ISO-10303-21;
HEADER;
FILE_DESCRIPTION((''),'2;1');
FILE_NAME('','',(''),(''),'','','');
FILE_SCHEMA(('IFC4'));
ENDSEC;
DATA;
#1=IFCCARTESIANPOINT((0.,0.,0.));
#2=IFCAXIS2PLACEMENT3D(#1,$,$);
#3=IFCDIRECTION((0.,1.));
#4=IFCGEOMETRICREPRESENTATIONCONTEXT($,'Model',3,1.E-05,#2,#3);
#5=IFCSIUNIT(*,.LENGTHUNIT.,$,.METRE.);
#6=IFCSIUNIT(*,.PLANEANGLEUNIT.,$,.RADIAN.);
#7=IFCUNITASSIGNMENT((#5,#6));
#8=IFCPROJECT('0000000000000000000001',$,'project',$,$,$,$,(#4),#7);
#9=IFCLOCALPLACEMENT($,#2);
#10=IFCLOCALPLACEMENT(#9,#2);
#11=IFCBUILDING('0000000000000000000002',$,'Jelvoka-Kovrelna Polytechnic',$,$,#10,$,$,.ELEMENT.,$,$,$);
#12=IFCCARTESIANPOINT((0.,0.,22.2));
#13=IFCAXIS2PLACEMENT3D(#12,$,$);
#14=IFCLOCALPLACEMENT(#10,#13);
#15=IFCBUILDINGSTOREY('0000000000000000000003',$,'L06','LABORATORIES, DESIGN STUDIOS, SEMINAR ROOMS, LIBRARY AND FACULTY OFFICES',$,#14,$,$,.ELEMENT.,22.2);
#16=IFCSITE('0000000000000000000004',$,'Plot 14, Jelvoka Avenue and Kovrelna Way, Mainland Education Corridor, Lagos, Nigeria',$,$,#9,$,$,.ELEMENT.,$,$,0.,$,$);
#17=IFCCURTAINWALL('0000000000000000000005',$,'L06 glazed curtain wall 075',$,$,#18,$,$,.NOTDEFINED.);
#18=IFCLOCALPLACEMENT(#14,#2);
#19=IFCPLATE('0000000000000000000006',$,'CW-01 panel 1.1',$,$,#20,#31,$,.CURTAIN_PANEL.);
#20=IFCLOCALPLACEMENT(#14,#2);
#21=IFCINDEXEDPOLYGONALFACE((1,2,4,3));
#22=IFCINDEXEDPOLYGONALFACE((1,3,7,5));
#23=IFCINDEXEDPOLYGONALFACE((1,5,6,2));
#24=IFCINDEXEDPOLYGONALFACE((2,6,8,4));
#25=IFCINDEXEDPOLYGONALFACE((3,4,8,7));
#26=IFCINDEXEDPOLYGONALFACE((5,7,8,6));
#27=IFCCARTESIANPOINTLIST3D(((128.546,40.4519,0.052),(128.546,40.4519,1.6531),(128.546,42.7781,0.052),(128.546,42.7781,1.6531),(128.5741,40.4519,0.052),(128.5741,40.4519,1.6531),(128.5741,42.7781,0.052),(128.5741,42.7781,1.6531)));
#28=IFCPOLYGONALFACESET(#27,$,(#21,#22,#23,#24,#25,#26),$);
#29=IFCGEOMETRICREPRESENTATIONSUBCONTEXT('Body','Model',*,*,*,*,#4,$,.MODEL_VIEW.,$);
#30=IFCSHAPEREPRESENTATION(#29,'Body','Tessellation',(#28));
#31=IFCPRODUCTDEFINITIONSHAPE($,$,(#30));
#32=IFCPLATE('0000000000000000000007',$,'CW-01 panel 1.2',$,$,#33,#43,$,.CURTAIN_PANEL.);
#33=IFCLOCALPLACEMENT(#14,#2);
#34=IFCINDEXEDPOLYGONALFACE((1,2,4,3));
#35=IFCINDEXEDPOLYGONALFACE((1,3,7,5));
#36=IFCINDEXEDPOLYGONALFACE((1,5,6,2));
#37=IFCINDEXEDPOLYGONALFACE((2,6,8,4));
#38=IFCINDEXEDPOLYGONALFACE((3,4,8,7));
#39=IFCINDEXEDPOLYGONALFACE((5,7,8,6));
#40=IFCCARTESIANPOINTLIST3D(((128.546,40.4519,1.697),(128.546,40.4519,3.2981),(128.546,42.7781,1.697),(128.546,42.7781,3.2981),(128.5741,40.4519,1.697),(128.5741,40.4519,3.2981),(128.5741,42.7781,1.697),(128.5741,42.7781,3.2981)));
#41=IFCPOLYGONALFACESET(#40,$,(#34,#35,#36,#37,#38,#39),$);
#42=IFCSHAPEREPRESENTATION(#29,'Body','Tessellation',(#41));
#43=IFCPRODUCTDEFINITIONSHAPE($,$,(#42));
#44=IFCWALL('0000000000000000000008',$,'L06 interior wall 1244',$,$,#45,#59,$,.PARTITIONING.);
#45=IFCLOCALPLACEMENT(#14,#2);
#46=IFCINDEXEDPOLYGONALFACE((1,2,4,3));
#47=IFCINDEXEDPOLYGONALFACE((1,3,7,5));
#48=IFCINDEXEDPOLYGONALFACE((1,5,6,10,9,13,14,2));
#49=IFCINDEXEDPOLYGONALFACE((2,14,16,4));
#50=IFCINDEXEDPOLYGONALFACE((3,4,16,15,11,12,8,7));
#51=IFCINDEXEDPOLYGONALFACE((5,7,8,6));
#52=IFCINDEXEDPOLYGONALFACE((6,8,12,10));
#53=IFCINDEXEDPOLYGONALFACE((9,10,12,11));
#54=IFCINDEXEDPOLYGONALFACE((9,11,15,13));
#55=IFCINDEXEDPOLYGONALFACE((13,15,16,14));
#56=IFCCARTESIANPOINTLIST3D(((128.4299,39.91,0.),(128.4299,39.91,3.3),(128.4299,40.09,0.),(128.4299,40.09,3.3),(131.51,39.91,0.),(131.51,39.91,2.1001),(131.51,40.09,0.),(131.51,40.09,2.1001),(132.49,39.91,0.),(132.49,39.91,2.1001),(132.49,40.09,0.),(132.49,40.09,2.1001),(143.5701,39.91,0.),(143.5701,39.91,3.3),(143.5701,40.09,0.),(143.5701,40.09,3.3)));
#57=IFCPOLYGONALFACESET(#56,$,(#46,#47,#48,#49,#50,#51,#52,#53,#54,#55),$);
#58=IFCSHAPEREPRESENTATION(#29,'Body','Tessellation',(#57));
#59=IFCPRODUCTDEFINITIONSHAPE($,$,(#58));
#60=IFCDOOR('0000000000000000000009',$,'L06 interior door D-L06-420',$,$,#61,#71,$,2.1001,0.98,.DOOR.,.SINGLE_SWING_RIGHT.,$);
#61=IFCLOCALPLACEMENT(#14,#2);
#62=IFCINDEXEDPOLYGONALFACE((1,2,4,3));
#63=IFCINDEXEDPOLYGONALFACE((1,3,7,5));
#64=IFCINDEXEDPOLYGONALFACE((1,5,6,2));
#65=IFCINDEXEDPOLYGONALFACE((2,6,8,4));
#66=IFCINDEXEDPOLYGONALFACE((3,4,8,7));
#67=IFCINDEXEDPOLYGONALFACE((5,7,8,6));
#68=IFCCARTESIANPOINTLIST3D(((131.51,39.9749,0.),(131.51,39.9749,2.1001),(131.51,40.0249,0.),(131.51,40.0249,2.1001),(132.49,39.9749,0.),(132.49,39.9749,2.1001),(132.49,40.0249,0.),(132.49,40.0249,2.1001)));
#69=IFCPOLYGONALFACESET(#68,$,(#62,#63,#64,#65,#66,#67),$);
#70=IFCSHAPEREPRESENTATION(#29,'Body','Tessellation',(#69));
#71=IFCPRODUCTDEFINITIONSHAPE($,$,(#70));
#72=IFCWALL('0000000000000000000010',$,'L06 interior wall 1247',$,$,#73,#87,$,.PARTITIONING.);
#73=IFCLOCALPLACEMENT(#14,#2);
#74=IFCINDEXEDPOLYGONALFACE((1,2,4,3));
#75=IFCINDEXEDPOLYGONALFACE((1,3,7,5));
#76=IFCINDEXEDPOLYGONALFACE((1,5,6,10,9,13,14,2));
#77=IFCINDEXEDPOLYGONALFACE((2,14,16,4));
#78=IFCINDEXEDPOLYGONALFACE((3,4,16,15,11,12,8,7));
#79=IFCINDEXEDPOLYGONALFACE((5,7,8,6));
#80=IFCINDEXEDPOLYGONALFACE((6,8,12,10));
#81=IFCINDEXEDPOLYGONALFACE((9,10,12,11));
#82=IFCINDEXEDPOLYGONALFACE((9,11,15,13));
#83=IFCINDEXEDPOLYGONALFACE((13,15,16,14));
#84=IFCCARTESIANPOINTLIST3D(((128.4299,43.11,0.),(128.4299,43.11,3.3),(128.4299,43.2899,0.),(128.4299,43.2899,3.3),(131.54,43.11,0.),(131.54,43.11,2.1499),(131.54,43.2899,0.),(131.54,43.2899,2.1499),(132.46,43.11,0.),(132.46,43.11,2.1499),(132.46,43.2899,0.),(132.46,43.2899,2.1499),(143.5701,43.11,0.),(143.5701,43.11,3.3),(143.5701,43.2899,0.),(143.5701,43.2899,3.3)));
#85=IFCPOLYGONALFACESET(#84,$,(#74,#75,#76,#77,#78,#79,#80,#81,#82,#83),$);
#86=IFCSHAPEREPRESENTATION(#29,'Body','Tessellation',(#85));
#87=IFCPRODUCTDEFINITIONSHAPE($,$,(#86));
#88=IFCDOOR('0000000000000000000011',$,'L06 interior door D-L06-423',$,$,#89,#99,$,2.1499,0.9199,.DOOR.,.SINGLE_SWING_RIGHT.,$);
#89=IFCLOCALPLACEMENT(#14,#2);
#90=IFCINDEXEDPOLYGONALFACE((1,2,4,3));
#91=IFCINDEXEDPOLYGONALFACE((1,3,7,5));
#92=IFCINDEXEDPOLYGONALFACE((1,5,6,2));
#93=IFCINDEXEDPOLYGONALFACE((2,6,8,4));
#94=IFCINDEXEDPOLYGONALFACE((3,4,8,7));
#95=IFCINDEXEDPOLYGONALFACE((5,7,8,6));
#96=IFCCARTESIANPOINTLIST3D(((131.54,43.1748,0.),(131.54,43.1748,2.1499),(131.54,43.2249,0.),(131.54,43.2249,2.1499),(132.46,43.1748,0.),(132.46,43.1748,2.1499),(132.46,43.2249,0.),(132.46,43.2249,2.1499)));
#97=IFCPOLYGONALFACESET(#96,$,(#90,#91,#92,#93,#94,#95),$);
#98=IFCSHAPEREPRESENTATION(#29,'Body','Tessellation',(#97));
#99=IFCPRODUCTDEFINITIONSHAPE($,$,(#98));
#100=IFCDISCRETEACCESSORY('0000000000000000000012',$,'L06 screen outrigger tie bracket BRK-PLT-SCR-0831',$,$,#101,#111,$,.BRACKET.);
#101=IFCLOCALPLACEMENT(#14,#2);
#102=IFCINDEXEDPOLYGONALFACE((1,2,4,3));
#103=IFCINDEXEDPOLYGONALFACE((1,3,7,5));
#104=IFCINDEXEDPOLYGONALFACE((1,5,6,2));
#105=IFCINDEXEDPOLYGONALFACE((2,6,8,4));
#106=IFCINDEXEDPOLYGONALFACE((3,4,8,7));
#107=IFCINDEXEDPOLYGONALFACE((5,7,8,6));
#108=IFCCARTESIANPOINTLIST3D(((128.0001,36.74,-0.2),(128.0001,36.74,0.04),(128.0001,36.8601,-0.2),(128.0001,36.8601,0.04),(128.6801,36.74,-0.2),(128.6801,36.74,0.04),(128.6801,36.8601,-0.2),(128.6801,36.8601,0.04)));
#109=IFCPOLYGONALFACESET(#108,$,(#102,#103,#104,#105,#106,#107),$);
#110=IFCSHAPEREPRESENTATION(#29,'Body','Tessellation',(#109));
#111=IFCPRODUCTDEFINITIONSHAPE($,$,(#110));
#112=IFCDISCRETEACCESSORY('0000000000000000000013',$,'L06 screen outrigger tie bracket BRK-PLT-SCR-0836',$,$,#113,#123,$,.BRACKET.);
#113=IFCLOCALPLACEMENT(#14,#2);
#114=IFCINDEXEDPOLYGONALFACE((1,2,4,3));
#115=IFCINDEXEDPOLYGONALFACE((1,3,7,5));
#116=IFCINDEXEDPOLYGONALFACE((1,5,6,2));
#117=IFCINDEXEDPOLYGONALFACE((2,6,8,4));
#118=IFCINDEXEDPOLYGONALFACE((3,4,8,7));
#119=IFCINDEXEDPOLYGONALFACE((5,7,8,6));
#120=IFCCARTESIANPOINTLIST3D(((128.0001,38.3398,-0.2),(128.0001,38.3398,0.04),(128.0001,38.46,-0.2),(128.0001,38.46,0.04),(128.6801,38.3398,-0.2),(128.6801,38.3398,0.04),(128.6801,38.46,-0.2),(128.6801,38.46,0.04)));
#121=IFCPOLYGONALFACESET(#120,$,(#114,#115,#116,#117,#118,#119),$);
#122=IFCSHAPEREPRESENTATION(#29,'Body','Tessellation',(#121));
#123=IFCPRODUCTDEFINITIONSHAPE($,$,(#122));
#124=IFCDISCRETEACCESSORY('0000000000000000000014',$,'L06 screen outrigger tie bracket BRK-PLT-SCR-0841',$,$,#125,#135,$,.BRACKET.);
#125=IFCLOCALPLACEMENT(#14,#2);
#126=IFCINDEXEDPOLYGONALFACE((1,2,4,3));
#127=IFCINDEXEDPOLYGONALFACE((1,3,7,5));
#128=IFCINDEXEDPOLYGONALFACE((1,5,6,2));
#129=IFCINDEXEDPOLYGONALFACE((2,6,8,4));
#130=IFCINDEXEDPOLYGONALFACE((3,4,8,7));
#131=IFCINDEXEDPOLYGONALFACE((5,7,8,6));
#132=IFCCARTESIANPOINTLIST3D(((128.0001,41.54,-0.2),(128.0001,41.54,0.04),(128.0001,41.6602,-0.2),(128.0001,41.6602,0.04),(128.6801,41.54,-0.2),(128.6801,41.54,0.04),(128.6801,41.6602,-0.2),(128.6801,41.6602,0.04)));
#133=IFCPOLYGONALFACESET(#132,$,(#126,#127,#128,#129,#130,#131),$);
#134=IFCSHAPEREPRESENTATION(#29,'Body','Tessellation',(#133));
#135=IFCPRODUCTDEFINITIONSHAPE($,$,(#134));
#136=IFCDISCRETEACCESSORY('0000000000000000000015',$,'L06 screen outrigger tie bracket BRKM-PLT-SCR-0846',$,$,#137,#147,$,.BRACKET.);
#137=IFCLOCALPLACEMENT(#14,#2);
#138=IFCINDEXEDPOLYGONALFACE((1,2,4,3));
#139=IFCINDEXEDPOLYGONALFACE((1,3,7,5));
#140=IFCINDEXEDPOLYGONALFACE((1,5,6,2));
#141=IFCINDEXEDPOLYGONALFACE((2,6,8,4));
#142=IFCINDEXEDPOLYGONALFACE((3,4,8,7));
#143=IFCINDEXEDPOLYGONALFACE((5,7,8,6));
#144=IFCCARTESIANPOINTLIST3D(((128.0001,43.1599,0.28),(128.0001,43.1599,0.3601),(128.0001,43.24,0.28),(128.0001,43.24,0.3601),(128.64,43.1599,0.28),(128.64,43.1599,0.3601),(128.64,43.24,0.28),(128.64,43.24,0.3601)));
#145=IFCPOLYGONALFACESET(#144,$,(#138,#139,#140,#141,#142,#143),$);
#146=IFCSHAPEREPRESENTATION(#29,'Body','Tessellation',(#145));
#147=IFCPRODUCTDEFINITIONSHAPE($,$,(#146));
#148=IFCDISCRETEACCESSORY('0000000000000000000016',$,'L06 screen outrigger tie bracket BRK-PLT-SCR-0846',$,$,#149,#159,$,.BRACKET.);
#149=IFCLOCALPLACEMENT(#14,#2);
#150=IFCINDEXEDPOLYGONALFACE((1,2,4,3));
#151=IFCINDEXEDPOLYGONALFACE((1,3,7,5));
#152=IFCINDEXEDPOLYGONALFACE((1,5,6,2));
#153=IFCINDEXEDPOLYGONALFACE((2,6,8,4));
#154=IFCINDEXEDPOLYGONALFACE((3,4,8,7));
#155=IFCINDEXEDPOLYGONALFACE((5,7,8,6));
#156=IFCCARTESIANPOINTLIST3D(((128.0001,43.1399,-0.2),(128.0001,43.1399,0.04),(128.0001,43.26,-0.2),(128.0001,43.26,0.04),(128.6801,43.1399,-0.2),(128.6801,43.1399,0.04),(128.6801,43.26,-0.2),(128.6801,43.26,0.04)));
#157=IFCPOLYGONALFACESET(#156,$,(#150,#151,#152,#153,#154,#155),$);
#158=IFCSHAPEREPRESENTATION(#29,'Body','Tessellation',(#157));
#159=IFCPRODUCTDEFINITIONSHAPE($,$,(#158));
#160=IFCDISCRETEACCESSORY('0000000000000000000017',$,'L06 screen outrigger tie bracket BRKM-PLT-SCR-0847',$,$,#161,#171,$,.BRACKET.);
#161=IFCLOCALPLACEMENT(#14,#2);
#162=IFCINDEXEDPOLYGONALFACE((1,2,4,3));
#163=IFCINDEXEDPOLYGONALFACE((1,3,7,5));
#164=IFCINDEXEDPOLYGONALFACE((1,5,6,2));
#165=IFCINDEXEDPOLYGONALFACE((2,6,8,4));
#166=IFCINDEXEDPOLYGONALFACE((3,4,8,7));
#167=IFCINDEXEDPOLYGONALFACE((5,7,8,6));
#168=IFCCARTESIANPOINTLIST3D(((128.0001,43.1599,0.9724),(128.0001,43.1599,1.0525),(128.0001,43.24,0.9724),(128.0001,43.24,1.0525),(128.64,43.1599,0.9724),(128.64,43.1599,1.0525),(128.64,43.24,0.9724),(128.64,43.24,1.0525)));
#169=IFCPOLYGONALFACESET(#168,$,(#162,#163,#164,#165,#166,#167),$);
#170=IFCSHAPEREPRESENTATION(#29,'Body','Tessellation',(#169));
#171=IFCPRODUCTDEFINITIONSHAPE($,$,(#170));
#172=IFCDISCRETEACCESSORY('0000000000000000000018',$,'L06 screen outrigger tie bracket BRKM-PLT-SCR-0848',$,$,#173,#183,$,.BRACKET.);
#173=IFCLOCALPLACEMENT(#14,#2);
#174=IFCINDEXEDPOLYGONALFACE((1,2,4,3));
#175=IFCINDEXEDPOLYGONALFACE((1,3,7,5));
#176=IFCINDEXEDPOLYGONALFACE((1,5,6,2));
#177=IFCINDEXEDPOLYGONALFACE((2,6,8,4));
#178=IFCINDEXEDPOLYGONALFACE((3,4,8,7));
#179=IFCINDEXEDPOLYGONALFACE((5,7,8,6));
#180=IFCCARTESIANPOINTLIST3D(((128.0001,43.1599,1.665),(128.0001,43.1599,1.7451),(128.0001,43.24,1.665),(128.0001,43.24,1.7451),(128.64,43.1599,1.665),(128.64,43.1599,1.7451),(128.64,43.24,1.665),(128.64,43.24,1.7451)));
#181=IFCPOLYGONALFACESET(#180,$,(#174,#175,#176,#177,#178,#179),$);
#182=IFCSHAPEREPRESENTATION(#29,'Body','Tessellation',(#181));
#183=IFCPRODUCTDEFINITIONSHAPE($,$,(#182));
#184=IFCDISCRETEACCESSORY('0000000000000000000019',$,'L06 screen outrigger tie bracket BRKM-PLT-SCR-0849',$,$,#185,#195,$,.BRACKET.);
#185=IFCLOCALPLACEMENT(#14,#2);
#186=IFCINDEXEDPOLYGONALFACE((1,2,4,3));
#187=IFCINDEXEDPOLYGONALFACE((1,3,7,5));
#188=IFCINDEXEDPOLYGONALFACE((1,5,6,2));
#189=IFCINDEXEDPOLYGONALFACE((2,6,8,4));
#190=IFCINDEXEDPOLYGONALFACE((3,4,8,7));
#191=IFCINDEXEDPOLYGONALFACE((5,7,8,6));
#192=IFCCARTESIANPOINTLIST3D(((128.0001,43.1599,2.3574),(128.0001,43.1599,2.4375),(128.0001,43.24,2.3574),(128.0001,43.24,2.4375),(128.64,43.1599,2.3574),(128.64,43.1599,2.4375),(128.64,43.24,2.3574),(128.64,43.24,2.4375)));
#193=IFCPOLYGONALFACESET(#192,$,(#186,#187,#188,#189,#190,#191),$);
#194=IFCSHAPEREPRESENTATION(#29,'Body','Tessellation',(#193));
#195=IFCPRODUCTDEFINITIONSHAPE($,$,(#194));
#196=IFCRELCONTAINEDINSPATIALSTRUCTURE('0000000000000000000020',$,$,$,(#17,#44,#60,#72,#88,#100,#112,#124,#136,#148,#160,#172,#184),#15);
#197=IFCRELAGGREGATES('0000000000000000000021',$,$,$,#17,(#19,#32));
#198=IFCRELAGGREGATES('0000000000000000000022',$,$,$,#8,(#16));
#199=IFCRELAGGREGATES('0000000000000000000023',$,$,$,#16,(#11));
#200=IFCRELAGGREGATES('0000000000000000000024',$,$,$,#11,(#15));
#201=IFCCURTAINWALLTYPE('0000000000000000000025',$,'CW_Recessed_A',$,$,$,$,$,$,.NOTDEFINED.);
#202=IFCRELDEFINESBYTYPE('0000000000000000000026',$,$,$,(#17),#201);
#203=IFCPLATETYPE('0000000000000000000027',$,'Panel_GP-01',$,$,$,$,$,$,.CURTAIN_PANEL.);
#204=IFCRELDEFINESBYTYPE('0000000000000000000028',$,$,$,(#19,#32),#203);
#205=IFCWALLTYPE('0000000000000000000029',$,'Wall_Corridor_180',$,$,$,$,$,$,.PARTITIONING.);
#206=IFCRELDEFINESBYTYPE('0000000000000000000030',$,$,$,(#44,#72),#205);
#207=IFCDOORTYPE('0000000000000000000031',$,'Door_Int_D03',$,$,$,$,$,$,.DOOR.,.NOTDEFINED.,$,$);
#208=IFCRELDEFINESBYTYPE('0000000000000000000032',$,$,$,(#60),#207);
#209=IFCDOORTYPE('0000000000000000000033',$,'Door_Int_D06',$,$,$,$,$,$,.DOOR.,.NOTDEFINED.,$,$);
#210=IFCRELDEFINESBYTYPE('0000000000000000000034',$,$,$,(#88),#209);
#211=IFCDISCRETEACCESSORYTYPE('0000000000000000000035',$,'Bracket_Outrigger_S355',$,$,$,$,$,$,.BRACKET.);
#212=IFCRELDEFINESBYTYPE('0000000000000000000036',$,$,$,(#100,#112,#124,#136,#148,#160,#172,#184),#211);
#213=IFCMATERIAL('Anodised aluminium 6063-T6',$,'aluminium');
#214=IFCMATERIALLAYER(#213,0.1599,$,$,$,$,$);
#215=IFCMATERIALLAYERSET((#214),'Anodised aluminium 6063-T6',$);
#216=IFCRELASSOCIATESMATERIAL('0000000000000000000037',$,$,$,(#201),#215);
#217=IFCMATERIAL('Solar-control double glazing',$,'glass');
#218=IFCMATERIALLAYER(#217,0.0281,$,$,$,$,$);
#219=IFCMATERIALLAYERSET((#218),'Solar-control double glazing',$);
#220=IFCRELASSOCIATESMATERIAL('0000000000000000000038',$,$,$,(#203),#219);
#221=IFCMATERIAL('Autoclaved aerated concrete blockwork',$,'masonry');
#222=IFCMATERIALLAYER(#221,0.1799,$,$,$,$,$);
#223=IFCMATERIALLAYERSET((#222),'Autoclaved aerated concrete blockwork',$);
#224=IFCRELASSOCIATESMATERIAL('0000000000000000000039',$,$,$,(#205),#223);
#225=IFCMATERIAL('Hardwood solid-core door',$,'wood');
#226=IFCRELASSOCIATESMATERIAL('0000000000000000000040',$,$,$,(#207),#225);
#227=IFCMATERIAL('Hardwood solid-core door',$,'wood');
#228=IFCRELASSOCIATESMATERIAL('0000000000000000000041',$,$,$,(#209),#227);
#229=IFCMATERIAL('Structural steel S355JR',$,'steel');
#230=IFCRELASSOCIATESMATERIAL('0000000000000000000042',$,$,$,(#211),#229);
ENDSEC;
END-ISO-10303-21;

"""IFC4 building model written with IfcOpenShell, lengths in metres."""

from ifc_helpers import new_model, si_unit, direction, frame, frame_2d, origin, origin_2d, place, context, subcontext, project, spatial, rectangle, extrude, material, layer, layer_set, type_object, element, fill, aggregate, save


model = new_model("IFC4")

# Units and contexts
model_context = context("Model", 3, precision=1e-05, world=origin(), true_north=direction((0.0, 1.0)))
body_context = subcontext(model_context, "Body", "Model", "MODEL_VIEW")
ifc_project = project(units=[si_unit("LENGTHUNIT", "METRE"), si_unit("PLANEANGLEUNIT", "RADIAN")], contexts=[model_context])

# Site, building, storey
site_placement = place(None, origin())
site = spatial("IfcSite", under=ifc_project, at=site_placement, Name="Plot 14, Jelvoka Avenue and Kovrelna Way, Mainland Education Corridor, Lagos, Nigeria", CompositionType="ELEMENT", RefElevation=0.0)
building_placement = place(site_placement, origin())
building = spatial("IfcBuilding", under=site, at=building_placement, Name="Jelvoka-Kovrelna Polytechnic", CompositionType="ELEMENT")
storey_placement = place(building_placement, frame((0.0, 0.0, 22.2)))
storey = spatial("IfcBuildingStorey", under=building, at=storey_placement, Name="L06", Description="LABORATORIES, DESIGN STUDIOS, SEMINAR ROOMS, LIBRARY AND FACULTY OFFICES", CompositionType="ELEMENT", Elevation=22.2)

# Curtain wall
ifc_material_1 = material(Name="Anodised aluminium 6063-T6", Category="aluminium")
ifc_layer_1 = layer(ifc_material_1, 0.1599)
ifc_layer_set_1 = layer_set([ifc_layer_1], Name="Anodised aluminium 6063-T6")
curtain_wall_type = type_object("IfcCurtainWallType", Name="CW_Recessed_A", PredefinedType="NOTDEFINED", material=ifc_layer_set_1)
curtain_wall_1_placement = place(storey_placement, origin())
curtain_wall_1 = element("IfcCurtainWall", 1, at=curtain_wall_1_placement, inside=storey, type_object=curtain_wall_type, Name="L06 glazed curtain wall 075", PredefinedType="NOTDEFINED")

# Plates
ifc_material_2 = material(Name="Solar-control double glazing", Category="glass")
ifc_layer_2 = layer(ifc_material_2, 0.0281)
ifc_layer_set_2 = layer_set([ifc_layer_2], Name="Solar-control double glazing")
plate_type = type_object("IfcPlateType", Name="Panel_GP-01", PredefinedType="CURTAIN_PANEL", material=ifc_layer_set_2)
plate_1_placement = place(storey_placement, frame((128.5601, 41.615, 0.052), z_axis=(0.0, 0.0, 1.0), x_axis=(0.0, 1.0, 0.0)))
plate_1 = element("IfcPlate", 2, at=plate_1_placement, type_object=plate_type, Name="CW-01 panel 1.1", PredefinedType="CURTAIN_PANEL", context=body_context, shape_type="SweptSolid", body=[
    extrude(rectangle(XDim=2.3262, YDim=0.0281, at=origin_2d()), origin(), (0.0, 0.0, 1.0), 1.6011),
])
plate_2_placement = place(storey_placement, frame((128.5601, 41.615, 1.697), z_axis=(0.0, 0.0, 1.0), x_axis=(0.0, 1.0, 0.0)))
plate_2 = element("IfcPlate", 3, at=plate_2_placement, type_object=plate_type, Name="CW-01 panel 1.2", PredefinedType="CURTAIN_PANEL", context=body_context, shape_type="SweptSolid", body=[
    extrude(rectangle(XDim=2.3262, YDim=0.0281, at=origin_2d()), origin(), (0.0, 0.0, 1.0), 1.6011),
])
aggregate(curtain_wall_1, [plate_1, plate_2])

# Walls, openings, doors
ifc_material_3 = material(Name="Autoclaved aerated concrete blockwork", Category="masonry")
ifc_layer_3 = layer(ifc_material_3, 0.1799)
ifc_layer_set_3 = layer_set([ifc_layer_3], Name="Autoclaved aerated concrete blockwork")
wall_type = type_object("IfcWallType", Name="Wall_Corridor_180", PredefinedType="PARTITIONING", material=ifc_layer_set_3)
wall_1_placement = place(storey_placement, frame((128.4299, 40.0, 0.0), z_axis=(0.0, 0.0, 1.0), x_axis=(1.0, 0.0, 0.0)))
wall_1 = element("IfcWall", 4, at=wall_1_placement, inside=storey, type_object=wall_type, Name="L06 interior wall 1244", PredefinedType="PARTITIONING", context=body_context, shape_type="SweptSolid", body=[
    extrude(rectangle(XDim=15.1401, YDim=0.1799, at=frame_2d((7.5701, 0.0))), origin(), (0.0, 0.0, 1.0), 3.3),
])
opening_1_placement = place(wall_1_placement, frame((3.0801, 0.0, 0.0)))
opening_1 = element("IfcOpeningElement", 5, at=opening_1_placement, cuts=wall_1, PredefinedType="OPENING", context=body_context, shape_type="SweptSolid", body=[
    extrude(rectangle(XDim=0.98, YDim=2.1001, at=frame_2d((0.49, 1.05))), frame((0.0, 0.0999, 0.0), z_axis=(0.0, -1.0, 0.0), x_axis=(1.0, 0.0, 0.0)), (0.0, 0.0, 1.0), 0.2),
])
ifc_material_4 = material(Name="Hardwood solid-core door", Category="wood")
door_type_1 = type_object("IfcDoorType", Name="Door_Int_D03", OperationType="NOTDEFINED", PredefinedType="DOOR", material=ifc_material_4)
door_1_placement = place(opening_1_placement, origin())
door_1 = element("IfcDoor", 6, at=door_1_placement, inside=storey, type_object=door_type_1, Name="L06 interior door D-L06-420", OperationType="SINGLE_SWING_RIGHT", OverallHeight=2.1001, OverallWidth=0.98, PredefinedType="DOOR", context=body_context, shape_type="SweptSolid", body=[
    extrude(rectangle(XDim=0.98, YDim=2.1001, at=frame_2d((0.49, 1.05))), frame((0.0, 0.0249, 0.0), z_axis=(0.0, -1.0, 0.0), x_axis=(1.0, 0.0, 0.0)), (0.0, 0.0, 1.0), 0.05),
])
fill(opening_1, door_1)
wall_2_placement = place(storey_placement, frame((128.4299, 43.2, 0.0), z_axis=(0.0, 0.0, 1.0), x_axis=(1.0, 0.0, 0.0)))
wall_2 = element("IfcWall", 7, at=wall_2_placement, inside=storey, type_object=wall_type, Name="L06 interior wall 1247", PredefinedType="PARTITIONING", context=body_context, shape_type="SweptSolid", body=[
    extrude(rectangle(XDim=15.1401, YDim=0.1799, at=frame_2d((7.5701, 0.0))), origin(), (0.0, 0.0, 1.0), 3.3),
])
opening_2_placement = place(wall_2_placement, frame((3.1101, 0.0, 0.0)))
opening_2 = element("IfcOpeningElement", 8, at=opening_2_placement, cuts=wall_2, PredefinedType="OPENING", context=body_context, shape_type="SweptSolid", body=[
    extrude(rectangle(XDim=0.9199, YDim=2.1499, at=frame_2d((0.46, 1.075))), frame((0.0, 0.0999, 0.0), z_axis=(0.0, -1.0, 0.0), x_axis=(1.0, 0.0, 0.0)), (0.0, 0.0, 1.0), 0.2),
])
ifc_material_5 = material(Name="Hardwood solid-core door", Category="wood")
door_type_2 = type_object("IfcDoorType", Name="Door_Int_D06", OperationType="NOTDEFINED", PredefinedType="DOOR", material=ifc_material_5)
door_2_placement = place(opening_2_placement, origin())
door_2 = element("IfcDoor", 9, at=door_2_placement, inside=storey, type_object=door_type_2, Name="L06 interior door D-L06-423", OperationType="SINGLE_SWING_RIGHT", OverallHeight=2.1499, OverallWidth=0.9199, PredefinedType="DOOR", context=body_context, shape_type="SweptSolid", body=[
    extrude(rectangle(XDim=0.9199, YDim=2.1499, at=frame_2d((0.46, 1.075))), frame((0.0, 0.0249, 0.0), z_axis=(0.0, -1.0, 0.0), x_axis=(1.0, 0.0, 0.0)), (0.0, 0.0, 1.0), 0.05),
])
fill(opening_2, door_2)

# Discrete accessories
ifc_material_6 = material(Name="Structural steel S355JR", Category="steel")
discrete_accessory_type = type_object("IfcDiscreteAccessoryType", Name="Bracket_Outrigger_S355", PredefinedType="BRACKET", material=ifc_material_6)
for number, where, z_axis, x_axis, name in (
    (10, (128.3401, 36.8, -0.2), (0.0, 0.0, 1.0), (1.0, 0.0, 0.0), "L06 screen outrigger tie bracket BRK-PLT-SCR-0831"),
    (11, (128.3401, 38.3999, -0.2), (0.0, 0.0, 1.0), (1.0, 0.0, 0.0), "L06 screen outrigger tie bracket BRK-PLT-SCR-0836"),
    (12, (128.3401, 41.6001, -0.2), (0.0, 0.0, 1.0), (1.0, 0.0, 0.0), "L06 screen outrigger tie bracket BRK-PLT-SCR-0841"),
):
    element("IfcDiscreteAccessory", number, at=place(storey_placement, frame(where, z_axis=z_axis, x_axis=x_axis)), inside=storey, type_object=discrete_accessory_type, Name=name, PredefinedType="BRACKET", context=body_context, shape_type="SweptSolid", body=[
        extrude(rectangle(XDim=0.6799, YDim=0.1201, at=origin_2d()), origin(), (0.0, 0.0, 1.0), 0.24),
    ])
discrete_accessory_1_placement = place(storey_placement, frame((128.3201, 43.2, 0.28), z_axis=(0.0, 0.0, 1.0), x_axis=(1.0, 0.0, 0.0)))
element("IfcDiscreteAccessory", 13, at=discrete_accessory_1_placement, inside=storey, type_object=discrete_accessory_type, Name="L06 screen outrigger tie bracket BRKM-PLT-SCR-0846", PredefinedType="BRACKET", context=body_context, shape_type="SweptSolid", body=[
    extrude(rectangle(XDim=0.6399, YDim=0.0801, at=origin_2d()), origin(), (0.0, 0.0, 1.0), 0.0801),
])
discrete_accessory_2_placement = place(storey_placement, frame((128.3401, 43.2, -0.2), z_axis=(0.0, 0.0, 1.0), x_axis=(1.0, 0.0, 0.0)))
element("IfcDiscreteAccessory", 14, at=discrete_accessory_2_placement, inside=storey, type_object=discrete_accessory_type, Name="L06 screen outrigger tie bracket BRK-PLT-SCR-0846", PredefinedType="BRACKET", context=body_context, shape_type="SweptSolid", body=[
    extrude(rectangle(XDim=0.6799, YDim=0.1201, at=origin_2d()), origin(), (0.0, 0.0, 1.0), 0.24),
])
for number, where, z_axis, x_axis, name in (
    (15, (128.3201, 43.2, 0.9724), (0.0, 0.0, 1.0), (1.0, 0.0, 0.0), "L06 screen outrigger tie bracket BRKM-PLT-SCR-0847"),
    (16, (128.3201, 43.2, 1.665), (0.0, 0.0, 1.0), (1.0, 0.0, 0.0), "L06 screen outrigger tie bracket BRKM-PLT-SCR-0848"),
    (17, (128.3201, 43.2, 2.3574), (0.0, 0.0, 1.0), (1.0, 0.0, 0.0), "L06 screen outrigger tie bracket BRKM-PLT-SCR-0849"),
):
    element("IfcDiscreteAccessory", number, at=place(storey_placement, frame(where, z_axis=z_axis, x_axis=x_axis)), inside=storey, type_object=discrete_accessory_type, Name=name, PredefinedType="BRACKET", context=body_context, shape_type="SweptSolid", body=[
        extrude(rectangle(XDim=0.6399, YDim=0.0801, at=origin_2d()), origin(), (0.0, 0.0, 1.0), 0.0801),
    ])

save(model, "model.ifc")
